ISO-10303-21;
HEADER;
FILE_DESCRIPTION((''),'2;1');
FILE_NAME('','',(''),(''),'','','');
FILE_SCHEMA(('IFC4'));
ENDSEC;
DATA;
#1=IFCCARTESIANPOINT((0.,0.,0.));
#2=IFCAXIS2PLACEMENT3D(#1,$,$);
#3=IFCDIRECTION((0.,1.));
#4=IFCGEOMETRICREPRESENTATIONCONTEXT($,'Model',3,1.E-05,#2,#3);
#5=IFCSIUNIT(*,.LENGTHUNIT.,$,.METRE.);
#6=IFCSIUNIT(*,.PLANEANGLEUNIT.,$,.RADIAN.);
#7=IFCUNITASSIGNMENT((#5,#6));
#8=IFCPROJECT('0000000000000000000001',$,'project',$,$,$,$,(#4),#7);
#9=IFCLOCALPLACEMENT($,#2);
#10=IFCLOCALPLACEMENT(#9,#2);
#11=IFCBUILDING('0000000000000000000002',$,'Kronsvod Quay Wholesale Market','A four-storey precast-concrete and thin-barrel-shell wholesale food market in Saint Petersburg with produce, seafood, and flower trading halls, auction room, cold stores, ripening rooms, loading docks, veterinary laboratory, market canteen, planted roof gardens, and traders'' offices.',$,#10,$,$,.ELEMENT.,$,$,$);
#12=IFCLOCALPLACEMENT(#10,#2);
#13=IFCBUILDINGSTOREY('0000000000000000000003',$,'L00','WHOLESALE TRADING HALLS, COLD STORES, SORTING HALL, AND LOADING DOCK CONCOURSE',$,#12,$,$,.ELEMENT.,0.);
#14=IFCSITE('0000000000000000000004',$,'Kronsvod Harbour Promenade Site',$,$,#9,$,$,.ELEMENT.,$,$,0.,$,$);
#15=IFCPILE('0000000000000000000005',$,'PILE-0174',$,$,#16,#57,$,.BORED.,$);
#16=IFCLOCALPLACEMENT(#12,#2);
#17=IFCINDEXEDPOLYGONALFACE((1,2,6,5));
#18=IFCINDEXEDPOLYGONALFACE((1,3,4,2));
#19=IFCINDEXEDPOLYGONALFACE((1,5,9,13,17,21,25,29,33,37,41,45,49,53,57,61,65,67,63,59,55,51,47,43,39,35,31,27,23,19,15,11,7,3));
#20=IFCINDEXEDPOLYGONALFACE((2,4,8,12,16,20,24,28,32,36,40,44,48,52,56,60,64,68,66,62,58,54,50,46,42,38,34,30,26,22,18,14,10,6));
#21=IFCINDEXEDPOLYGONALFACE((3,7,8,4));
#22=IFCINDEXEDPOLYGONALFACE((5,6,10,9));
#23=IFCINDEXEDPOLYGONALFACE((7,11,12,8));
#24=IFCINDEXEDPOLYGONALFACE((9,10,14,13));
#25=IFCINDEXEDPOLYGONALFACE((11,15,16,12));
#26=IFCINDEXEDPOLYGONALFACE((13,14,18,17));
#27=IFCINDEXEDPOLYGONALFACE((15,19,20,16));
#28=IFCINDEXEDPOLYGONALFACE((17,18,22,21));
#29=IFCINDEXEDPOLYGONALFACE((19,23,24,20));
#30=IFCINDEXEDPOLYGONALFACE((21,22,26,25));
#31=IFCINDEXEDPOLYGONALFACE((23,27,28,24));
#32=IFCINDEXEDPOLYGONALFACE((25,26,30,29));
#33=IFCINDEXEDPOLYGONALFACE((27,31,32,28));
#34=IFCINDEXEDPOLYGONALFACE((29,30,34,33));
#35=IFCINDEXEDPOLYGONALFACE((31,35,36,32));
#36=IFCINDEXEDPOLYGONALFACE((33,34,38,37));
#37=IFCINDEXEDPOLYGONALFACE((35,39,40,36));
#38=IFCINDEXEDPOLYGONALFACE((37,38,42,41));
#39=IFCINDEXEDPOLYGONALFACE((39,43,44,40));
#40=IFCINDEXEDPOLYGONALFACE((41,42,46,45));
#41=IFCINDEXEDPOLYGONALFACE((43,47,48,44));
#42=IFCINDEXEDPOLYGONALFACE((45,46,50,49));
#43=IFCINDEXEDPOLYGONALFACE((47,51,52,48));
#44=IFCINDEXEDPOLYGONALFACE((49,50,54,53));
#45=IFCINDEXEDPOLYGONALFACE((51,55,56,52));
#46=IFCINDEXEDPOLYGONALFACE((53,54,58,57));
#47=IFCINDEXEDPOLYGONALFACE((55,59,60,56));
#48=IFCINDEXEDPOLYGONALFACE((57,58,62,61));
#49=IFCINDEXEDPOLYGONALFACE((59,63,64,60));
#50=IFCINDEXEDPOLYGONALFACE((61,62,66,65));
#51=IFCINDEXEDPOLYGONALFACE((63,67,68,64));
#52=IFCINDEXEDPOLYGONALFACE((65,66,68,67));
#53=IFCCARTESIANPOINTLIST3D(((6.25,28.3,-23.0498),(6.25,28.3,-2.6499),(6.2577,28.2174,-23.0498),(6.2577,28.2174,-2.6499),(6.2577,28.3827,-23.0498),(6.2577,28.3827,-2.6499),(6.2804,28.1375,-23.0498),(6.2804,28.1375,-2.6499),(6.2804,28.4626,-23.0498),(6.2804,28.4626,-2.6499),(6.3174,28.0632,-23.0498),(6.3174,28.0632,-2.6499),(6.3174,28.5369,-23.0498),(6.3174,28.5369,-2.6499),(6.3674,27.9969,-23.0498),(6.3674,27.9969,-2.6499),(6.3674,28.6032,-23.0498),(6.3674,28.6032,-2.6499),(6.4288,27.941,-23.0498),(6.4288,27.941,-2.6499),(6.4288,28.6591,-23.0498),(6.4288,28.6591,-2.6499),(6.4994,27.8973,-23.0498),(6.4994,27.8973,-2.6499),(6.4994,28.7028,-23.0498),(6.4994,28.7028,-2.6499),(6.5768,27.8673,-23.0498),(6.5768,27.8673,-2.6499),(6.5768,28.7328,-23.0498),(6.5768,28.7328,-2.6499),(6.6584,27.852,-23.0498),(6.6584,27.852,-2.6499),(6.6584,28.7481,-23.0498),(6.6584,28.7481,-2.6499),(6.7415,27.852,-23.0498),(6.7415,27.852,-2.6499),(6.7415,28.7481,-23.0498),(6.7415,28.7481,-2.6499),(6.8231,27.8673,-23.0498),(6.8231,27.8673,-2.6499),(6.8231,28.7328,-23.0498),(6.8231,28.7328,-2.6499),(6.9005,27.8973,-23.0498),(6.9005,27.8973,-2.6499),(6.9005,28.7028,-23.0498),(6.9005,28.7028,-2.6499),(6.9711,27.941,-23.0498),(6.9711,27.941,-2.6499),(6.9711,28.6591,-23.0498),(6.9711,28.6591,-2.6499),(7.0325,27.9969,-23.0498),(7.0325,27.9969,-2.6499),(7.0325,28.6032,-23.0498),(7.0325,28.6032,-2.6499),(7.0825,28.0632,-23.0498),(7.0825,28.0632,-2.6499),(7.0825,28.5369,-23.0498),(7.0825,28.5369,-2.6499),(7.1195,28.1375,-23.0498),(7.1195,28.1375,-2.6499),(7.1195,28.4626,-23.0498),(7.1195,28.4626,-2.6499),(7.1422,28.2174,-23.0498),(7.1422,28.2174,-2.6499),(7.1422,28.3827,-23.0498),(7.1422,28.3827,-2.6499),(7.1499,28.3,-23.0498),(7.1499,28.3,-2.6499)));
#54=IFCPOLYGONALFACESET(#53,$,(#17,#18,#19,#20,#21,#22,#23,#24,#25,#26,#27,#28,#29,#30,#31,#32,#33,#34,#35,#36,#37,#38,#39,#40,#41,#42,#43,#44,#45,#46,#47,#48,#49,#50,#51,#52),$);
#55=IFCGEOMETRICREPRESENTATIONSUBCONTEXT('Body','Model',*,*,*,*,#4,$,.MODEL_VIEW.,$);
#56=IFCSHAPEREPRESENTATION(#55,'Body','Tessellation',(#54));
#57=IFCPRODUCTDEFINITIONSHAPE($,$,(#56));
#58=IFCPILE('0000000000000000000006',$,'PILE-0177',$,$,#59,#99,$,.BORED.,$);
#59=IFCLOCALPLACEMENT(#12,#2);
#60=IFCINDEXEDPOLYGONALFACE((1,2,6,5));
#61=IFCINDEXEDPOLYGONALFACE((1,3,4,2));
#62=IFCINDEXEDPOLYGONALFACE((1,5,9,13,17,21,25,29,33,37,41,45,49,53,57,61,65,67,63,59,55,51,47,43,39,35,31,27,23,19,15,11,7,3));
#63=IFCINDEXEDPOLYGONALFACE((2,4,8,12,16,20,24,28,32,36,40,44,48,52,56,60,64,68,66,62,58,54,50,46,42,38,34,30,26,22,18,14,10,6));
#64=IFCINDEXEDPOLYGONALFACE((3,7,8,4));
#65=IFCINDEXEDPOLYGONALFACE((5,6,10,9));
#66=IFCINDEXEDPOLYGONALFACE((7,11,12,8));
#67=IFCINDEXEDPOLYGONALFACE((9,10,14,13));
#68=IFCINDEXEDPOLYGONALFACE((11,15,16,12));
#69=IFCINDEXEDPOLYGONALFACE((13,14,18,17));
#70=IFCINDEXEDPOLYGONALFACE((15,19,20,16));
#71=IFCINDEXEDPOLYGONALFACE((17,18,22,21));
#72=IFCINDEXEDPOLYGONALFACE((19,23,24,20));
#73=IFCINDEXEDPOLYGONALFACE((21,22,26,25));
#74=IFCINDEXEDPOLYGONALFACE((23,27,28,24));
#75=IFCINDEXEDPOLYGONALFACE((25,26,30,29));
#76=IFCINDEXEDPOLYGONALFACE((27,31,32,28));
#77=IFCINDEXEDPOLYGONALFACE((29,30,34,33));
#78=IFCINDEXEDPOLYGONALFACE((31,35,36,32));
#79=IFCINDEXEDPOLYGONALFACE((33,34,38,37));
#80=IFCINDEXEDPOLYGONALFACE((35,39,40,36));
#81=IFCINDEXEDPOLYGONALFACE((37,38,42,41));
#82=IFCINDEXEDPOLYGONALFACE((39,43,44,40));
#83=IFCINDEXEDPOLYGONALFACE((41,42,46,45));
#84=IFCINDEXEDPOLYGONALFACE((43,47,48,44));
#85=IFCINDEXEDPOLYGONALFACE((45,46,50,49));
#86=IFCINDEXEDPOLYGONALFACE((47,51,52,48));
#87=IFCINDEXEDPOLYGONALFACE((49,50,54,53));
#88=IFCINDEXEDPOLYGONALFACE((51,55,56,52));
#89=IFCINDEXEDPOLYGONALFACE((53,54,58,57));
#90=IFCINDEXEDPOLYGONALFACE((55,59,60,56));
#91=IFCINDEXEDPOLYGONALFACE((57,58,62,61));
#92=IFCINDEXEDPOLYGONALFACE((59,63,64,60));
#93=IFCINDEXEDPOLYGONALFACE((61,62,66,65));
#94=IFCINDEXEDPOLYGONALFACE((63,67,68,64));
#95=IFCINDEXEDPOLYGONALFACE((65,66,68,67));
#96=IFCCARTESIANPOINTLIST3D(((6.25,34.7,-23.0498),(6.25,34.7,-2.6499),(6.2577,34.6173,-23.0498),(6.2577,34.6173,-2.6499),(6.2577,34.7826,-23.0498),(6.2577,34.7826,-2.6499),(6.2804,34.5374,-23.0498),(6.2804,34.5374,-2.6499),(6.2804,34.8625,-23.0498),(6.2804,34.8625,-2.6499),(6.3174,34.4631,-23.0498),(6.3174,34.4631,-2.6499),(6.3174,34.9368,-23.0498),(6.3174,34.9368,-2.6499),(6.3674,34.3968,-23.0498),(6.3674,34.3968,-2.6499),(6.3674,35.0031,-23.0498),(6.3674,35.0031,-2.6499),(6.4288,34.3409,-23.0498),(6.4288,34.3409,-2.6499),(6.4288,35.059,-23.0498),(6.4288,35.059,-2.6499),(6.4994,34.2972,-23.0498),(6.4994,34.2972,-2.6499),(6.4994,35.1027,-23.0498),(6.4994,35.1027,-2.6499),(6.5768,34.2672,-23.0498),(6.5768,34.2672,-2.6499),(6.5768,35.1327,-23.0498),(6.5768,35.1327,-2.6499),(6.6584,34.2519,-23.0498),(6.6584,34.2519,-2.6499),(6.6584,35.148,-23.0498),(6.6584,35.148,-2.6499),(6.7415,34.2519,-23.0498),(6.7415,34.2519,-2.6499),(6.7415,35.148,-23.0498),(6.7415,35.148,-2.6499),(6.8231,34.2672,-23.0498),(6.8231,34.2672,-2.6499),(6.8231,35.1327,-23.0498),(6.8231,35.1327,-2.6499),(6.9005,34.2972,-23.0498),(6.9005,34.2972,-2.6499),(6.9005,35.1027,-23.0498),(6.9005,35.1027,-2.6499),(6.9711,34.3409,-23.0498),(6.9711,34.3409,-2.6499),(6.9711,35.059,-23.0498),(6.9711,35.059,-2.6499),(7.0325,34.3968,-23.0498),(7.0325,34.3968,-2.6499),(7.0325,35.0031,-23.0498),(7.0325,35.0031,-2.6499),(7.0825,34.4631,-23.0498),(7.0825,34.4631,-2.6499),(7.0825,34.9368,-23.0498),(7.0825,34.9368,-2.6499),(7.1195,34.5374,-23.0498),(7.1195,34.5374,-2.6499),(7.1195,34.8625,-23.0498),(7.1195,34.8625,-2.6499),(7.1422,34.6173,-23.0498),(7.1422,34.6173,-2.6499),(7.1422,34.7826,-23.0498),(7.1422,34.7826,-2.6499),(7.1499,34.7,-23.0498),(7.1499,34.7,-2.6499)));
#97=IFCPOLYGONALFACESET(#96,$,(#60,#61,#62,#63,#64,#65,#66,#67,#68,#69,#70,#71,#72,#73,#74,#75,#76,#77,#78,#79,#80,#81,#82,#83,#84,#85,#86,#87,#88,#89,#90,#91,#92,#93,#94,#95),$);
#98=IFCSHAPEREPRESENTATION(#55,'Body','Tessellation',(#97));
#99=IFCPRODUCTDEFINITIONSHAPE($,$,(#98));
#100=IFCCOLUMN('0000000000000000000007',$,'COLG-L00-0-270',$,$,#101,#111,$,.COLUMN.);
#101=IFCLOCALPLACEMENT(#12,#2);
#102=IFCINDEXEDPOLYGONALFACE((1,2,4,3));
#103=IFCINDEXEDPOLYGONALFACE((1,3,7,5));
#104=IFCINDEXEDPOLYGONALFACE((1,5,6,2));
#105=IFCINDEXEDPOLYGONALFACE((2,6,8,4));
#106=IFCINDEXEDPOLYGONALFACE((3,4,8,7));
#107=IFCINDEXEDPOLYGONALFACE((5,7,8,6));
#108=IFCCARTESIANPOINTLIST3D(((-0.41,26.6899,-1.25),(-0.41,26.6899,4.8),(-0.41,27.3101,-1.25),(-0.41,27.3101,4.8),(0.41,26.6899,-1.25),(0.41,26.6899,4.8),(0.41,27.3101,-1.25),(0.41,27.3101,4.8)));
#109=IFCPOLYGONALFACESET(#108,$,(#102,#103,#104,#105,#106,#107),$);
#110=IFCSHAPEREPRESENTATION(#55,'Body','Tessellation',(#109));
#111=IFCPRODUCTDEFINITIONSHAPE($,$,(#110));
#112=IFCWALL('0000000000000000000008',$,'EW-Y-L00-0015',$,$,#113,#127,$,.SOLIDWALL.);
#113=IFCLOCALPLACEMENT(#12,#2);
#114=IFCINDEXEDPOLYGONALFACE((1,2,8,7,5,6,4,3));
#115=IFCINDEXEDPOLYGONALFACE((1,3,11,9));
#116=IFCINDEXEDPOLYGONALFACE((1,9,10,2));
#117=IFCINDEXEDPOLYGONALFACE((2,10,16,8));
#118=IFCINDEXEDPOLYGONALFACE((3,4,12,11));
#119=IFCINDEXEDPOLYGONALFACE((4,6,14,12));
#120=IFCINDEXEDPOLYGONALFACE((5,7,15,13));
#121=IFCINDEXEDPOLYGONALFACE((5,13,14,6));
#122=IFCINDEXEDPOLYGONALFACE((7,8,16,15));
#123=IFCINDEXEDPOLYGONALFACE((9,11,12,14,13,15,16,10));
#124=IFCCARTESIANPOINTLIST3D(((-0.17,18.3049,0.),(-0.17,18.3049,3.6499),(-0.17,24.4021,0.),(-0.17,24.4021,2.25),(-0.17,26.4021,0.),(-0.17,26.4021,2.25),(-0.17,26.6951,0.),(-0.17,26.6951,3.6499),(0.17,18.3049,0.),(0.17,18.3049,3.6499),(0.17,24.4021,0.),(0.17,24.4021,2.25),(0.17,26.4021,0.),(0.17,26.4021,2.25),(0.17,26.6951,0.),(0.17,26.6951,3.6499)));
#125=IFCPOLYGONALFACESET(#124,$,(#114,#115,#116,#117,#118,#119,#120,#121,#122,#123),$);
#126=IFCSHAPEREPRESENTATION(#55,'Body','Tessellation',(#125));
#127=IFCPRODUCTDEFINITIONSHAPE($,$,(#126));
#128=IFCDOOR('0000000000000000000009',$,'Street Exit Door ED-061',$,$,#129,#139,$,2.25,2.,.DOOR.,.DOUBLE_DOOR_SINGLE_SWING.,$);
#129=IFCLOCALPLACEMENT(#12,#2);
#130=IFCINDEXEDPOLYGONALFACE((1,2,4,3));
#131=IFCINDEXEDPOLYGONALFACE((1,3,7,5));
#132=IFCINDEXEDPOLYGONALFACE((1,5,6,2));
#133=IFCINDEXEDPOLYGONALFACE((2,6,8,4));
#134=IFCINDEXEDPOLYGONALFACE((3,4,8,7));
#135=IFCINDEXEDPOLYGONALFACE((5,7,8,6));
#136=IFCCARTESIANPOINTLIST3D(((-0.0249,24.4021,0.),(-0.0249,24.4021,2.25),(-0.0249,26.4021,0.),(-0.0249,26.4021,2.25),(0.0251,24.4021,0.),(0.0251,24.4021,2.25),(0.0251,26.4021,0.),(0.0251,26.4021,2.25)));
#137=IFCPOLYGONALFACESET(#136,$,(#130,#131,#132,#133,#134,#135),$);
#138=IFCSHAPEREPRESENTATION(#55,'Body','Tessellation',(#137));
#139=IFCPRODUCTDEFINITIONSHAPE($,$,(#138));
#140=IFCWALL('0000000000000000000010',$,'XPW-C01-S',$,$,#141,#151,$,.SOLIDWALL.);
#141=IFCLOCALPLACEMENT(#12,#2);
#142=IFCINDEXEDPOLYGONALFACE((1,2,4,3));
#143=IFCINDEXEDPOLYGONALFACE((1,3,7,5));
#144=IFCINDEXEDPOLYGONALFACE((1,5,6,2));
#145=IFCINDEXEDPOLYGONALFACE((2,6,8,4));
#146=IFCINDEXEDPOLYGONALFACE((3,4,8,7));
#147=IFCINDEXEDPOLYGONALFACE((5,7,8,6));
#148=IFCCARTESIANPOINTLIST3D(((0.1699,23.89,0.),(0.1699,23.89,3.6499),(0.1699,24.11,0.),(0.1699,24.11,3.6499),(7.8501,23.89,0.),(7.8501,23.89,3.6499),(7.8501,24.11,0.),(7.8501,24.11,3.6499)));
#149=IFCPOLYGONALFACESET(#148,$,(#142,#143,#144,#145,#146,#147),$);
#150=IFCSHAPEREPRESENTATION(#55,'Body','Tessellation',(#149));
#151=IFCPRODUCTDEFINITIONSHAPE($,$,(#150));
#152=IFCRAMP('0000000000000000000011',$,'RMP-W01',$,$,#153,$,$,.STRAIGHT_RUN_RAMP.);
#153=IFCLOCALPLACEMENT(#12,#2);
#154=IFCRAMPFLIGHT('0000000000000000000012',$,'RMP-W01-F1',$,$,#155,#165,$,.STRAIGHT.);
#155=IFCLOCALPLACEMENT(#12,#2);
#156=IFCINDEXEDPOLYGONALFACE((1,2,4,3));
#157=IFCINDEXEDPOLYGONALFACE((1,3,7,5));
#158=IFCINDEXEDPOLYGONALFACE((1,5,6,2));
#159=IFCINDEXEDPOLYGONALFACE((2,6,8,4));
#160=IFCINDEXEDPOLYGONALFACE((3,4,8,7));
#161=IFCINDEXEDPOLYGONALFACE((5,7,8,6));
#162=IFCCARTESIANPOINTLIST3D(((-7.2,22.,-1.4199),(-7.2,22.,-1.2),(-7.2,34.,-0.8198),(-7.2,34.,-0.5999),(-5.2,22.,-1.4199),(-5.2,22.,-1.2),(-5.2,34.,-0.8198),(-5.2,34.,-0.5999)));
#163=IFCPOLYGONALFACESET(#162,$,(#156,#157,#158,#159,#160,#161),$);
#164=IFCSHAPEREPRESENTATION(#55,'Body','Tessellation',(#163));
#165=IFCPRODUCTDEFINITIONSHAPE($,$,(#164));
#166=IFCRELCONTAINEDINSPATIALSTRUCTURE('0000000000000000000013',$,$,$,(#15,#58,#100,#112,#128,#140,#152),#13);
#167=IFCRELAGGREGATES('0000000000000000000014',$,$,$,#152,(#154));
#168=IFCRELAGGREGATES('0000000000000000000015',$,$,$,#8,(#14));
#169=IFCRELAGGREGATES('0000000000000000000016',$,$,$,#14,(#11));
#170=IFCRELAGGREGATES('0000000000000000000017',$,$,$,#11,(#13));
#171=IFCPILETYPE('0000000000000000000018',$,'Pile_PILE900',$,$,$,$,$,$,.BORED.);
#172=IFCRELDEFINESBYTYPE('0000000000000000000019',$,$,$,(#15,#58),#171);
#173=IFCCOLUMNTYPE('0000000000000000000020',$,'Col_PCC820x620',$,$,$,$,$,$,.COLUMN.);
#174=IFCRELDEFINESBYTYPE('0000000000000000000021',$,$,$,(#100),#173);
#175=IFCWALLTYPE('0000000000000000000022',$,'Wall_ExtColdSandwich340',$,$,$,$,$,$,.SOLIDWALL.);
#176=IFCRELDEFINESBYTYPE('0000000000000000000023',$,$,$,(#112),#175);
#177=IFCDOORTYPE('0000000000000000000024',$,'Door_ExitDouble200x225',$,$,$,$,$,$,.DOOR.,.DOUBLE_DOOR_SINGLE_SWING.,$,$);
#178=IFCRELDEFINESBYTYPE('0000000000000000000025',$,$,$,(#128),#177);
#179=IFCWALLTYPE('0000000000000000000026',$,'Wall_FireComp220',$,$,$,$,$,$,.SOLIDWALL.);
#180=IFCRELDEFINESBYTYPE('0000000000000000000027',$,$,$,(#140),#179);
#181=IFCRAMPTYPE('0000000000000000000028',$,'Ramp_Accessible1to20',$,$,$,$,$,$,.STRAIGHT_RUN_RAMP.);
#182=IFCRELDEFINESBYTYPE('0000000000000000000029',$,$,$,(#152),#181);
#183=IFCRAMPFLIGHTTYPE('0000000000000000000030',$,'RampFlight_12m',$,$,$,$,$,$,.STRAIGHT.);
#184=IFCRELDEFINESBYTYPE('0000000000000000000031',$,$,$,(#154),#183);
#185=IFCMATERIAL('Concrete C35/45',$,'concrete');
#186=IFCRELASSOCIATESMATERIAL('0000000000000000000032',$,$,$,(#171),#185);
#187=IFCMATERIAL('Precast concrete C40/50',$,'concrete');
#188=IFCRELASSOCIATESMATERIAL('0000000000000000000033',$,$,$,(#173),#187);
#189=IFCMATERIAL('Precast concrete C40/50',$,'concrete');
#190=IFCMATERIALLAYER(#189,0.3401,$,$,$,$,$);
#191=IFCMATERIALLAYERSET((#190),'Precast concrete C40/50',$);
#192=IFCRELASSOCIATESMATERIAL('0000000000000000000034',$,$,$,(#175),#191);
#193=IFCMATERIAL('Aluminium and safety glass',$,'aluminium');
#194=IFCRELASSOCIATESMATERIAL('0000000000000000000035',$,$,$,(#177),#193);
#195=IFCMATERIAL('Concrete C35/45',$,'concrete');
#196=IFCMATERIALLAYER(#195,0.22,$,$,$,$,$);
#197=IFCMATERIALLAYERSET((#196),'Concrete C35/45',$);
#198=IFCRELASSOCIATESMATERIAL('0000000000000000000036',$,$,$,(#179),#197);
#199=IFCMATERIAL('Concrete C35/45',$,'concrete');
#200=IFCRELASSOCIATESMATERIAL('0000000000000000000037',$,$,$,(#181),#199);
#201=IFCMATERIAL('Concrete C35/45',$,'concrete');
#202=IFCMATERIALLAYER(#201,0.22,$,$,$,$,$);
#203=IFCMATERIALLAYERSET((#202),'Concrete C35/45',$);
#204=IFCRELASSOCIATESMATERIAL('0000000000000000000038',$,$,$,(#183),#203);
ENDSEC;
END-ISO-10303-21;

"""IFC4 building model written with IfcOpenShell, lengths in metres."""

from ifc_helpers import new_model, si_unit, direction, frame, frame_2d, origin, origin_2d, place, context, subcontext, project, spatial, polyline, rectangle, circle, outline, extrude, material, layer, layer_set, material_profile, profile_set, type_object, element, fill, aggregate, save


model = new_model("IFC4")

# Units and contexts
model_context = context("Model", 3, precision=1e-05, world=origin(), true_north=direction((0.0, 1.0)))
body_context = subcontext(model_context, "Body", "Model", "MODEL_VIEW")
ifc_project = project(units=[si_unit("LENGTHUNIT", "METRE"), si_unit("PLANEANGLEUNIT", "RADIAN")], contexts=[model_context])

# Site, building, storey
site_placement = place(None, origin())
site = spatial("IfcSite", under=ifc_project, at=site_placement, Name="Kronsvod Harbour Promenade Site", CompositionType="ELEMENT", RefElevation=0.0)
building_placement = place(site_placement, origin())
building = spatial("IfcBuilding", under=site, at=building_placement, Name="Kronsvod Quay Wholesale Market", Description="A four-storey precast-concrete and thin-barrel-shell wholesale food market in Saint Petersburg with produce, seafood, and flower trading halls, auction room, cold stores, ripening rooms, loading docks, veterinary laboratory, market canteen, planted roof gardens, and traders' offices.", CompositionType="ELEMENT")
storey_placement = place(building_placement, origin())
storey = spatial("IfcBuildingStorey", under=building, at=storey_placement, Name="L00", Description="WHOLESALE TRADING HALLS, COLD STORES, SORTING HALL, AND LOADING DOCK CONCOURSE", CompositionType="ELEMENT", Elevation=0.0)

# Piles
ifc_material_1 = material(Name="Concrete C35/45", Category="concrete")
ifc_material_profile_1 = material_profile(ifc_material_1, circle(Radius=0.45, at=origin_2d()), Name="PILE900")
ifc_profile_set_1 = profile_set([ifc_material_profile_1], Name="Concrete C35/45")
pile_type = type_object("IfcPileType", Name="Pile_PILE900", PredefinedType="BORED", material=ifc_profile_set_1)
for number, where, z_axis, x_axis, name in (
    (1, (6.7, 28.3, -2.6499), (0.0, 0.0, -1.0), (1.0, 0.0, 0.0), "PILE-0174"),
    (2, (6.7, 34.7, -2.6499), (0.0, 0.0, -1.0), (1.0, 0.0, 0.0), "PILE-0177"),
):
    element("IfcPile", number, at=place(storey_placement, frame(where, z_axis=z_axis, x_axis=x_axis)), inside=storey, type_object=pile_type, Name=name, PredefinedType="BORED", context=body_context, shape_type="SweptSolid", body=[
        extrude(circle(Radius=0.45, at=origin_2d()), origin(), (0.0, 0.0, 1.0), 20.3999),
    ])

# Column
ifc_material_2 = material(Name="Precast concrete C40/50", Category="concrete")
ifc_material_profile_2 = material_profile(ifc_material_2, rectangle(XDim=0.8201, YDim=0.6201, at=origin_2d()), Name="COL-10")
ifc_profile_set_2 = profile_set([ifc_material_profile_2], Name="Precast concrete C40/50")
column_type = type_object("IfcColumnType", Name="Col_PCC820x620", PredefinedType="COLUMN", material=ifc_profile_set_2)
column_placement = place(storey_placement, frame((0.0, 27.0, -1.25), z_axis=(0.0, 0.0, 1.0), x_axis=(1.0, 0.0, 0.0)))
element("IfcColumn", 3, at=column_placement, inside=storey, type_object=column_type, Name="COLG-L00-0-270", PredefinedType="COLUMN", context=body_context, shape_type="SweptSolid", body=[
    extrude(rectangle(XDim=0.8201, YDim=0.6201, at=origin_2d()), origin(), (0.0, 0.0, 1.0), 6.05),
])

# Wall, opening, door
ifc_material_3 = material(Name="Precast concrete C40/50", Category="concrete")
ifc_layer_1 = layer(ifc_material_3, 0.3401)
ifc_layer_set_1 = layer_set([ifc_layer_1], Name="Precast concrete C40/50")
wall_type_1 = type_object("IfcWallType", Name="Wall_ExtColdSandwich340", PredefinedType="SOLIDWALL", material=ifc_layer_set_1)
wall_1_placement = place(storey_placement, frame((0.0, 26.6951, 0.0), z_axis=(0.0, 0.0, 1.0), x_axis=(0.0, -1.0, 0.0)))
wall_1 = element("IfcWall", 4, at=wall_1_placement, inside=storey, type_object=wall_type_1, Name="EW-Y-L00-0015", PredefinedType="SOLIDWALL", context=body_context, shape_type="SweptSolid", body=[
    extrude(rectangle(XDim=8.3901, YDim=0.3401, at=frame_2d((4.1951, 0.0))), origin(), (0.0, 0.0, 1.0), 3.6499),
])
opening_1_placement = place(wall_1_placement, frame((0.293, 0.0, 0.0)))
opening_1 = element("IfcOpeningElement", 5, at=opening_1_placement, cuts=wall_1, PredefinedType="OPENING", context=body_context, shape_type="SweptSolid", body=[
    extrude(rectangle(XDim=2.0, YDim=2.25, at=frame_2d((1.0, 1.125))), frame((0.0, 0.1802, 0.0), z_axis=(0.0, -1.0, 0.0), x_axis=(1.0, 0.0, 0.0)), (0.0, 0.0, 1.0), 0.3601),
])
ifc_material_4 = material(Name="Aluminium and safety glass", Category="aluminium")
door_type_1 = type_object("IfcDoorType", Name="Door_ExitDouble200x225", OperationType="DOUBLE_DOOR_SINGLE_SWING", PredefinedType="DOOR", material=ifc_material_4)
door_1_placement = place(opening_1_placement, frame((2.0, 0.0, 0.0), z_axis=(0.0, 0.0, 1.0), x_axis=(-1.0, 0.0, 0.0)))
door_1 = element("IfcDoor", 6, at=door_1_placement, inside=storey, type_object=door_type_1, Name="Street Exit Door ED-061", OperationType="DOUBLE_DOOR_SINGLE_SWING", OverallHeight=2.25, OverallWidth=2.0, PredefinedType="DOOR", context=body_context, shape_type="SweptSolid", body=[
    extrude(rectangle(XDim=2.0, YDim=2.25, at=frame_2d((1.0, 1.125))), frame((0.0, 0.0249, 0.0), z_axis=(0.0, -1.0, 0.0), x_axis=(1.0, 0.0, 0.0)), (0.0, 0.0, 1.0), 0.05),
])
fill(opening_1, door_1)
ifc_material_5 = material(Name="Concrete C35/45", Category="concrete")
ifc_layer_2 = layer(ifc_material_5, 0.22)
ifc_layer_set_2 = layer_set([ifc_layer_2], Name="Concrete C35/45")
wall_type_2 = type_object("IfcWallType", Name="Wall_FireComp220", PredefinedType="SOLIDWALL", material=ifc_layer_set_2)

# Wall
wall_2_placement = place(storey_placement, frame((0.1699, 24.0, 0.0), z_axis=(0.0, 0.0, 1.0), x_axis=(1.0, 0.0, 0.0)))
element("IfcWall", 7, at=wall_2_placement, inside=storey, type_object=wall_type_2, Name="XPW-C01-S", PredefinedType="SOLIDWALL", context=body_context, shape_type="SweptSolid", body=[
    extrude(rectangle(XDim=7.6802, YDim=0.22, at=frame_2d((3.8401, 0.0))), origin(), (0.0, 0.0, 1.0), 3.6499),
])

# Ramp, ramp flight
ifc_material_6 = material(Name="Concrete C35/45", Category="concrete")
ramp_type = type_object("IfcRampType", Name="Ramp_Accessible1to20", PredefinedType="STRAIGHT_RUN_RAMP", material=ifc_material_6)
ramp_placement = place(storey_placement, origin())
ramp = element("IfcRamp", 8, at=ramp_placement, inside=storey, type_object=ramp_type, Name="RMP-W01", PredefinedType="STRAIGHT_RUN_RAMP")
ifc_material_7 = material(Name="Concrete C35/45", Category="concrete")
ifc_layer_3 = layer(ifc_material_7, 0.22)
ifc_layer_set_3 = layer_set([ifc_layer_3], Name="Concrete C35/45")
ramp_flight_type = type_object("IfcRampFlightType", Name="RampFlight_12m", PredefinedType="STRAIGHT", material=ifc_layer_set_3)
ramp_flight_placement = place(storey_placement, frame((-6.2, 22.0, -1.2), z_axis=(0.0, 0.0, 1.0), x_axis=(0.0, 1.0, 0.0)))
ramp_flight = element("IfcRampFlight", 9, at=ramp_flight_placement, type_object=ramp_flight_type, Name="RMP-W01-F1", PredefinedType="STRAIGHT", context=body_context, shape_type="SweptSolid", body=[
    extrude(outline(polyline([(0.0, 0.0), (0.0, -0.22), (12.0, 0.3801), (12.0, 0.6001), (0.0, 0.0)])), frame((0.0, 1.0, 0.0), z_axis=(0.0, -1.0, 0.0), x_axis=(1.0, 0.0, 0.0)), (0.0, 0.0, 1.0), 2.0),
])
aggregate(ramp, [ramp_flight])

save(model, "model.ifc")
